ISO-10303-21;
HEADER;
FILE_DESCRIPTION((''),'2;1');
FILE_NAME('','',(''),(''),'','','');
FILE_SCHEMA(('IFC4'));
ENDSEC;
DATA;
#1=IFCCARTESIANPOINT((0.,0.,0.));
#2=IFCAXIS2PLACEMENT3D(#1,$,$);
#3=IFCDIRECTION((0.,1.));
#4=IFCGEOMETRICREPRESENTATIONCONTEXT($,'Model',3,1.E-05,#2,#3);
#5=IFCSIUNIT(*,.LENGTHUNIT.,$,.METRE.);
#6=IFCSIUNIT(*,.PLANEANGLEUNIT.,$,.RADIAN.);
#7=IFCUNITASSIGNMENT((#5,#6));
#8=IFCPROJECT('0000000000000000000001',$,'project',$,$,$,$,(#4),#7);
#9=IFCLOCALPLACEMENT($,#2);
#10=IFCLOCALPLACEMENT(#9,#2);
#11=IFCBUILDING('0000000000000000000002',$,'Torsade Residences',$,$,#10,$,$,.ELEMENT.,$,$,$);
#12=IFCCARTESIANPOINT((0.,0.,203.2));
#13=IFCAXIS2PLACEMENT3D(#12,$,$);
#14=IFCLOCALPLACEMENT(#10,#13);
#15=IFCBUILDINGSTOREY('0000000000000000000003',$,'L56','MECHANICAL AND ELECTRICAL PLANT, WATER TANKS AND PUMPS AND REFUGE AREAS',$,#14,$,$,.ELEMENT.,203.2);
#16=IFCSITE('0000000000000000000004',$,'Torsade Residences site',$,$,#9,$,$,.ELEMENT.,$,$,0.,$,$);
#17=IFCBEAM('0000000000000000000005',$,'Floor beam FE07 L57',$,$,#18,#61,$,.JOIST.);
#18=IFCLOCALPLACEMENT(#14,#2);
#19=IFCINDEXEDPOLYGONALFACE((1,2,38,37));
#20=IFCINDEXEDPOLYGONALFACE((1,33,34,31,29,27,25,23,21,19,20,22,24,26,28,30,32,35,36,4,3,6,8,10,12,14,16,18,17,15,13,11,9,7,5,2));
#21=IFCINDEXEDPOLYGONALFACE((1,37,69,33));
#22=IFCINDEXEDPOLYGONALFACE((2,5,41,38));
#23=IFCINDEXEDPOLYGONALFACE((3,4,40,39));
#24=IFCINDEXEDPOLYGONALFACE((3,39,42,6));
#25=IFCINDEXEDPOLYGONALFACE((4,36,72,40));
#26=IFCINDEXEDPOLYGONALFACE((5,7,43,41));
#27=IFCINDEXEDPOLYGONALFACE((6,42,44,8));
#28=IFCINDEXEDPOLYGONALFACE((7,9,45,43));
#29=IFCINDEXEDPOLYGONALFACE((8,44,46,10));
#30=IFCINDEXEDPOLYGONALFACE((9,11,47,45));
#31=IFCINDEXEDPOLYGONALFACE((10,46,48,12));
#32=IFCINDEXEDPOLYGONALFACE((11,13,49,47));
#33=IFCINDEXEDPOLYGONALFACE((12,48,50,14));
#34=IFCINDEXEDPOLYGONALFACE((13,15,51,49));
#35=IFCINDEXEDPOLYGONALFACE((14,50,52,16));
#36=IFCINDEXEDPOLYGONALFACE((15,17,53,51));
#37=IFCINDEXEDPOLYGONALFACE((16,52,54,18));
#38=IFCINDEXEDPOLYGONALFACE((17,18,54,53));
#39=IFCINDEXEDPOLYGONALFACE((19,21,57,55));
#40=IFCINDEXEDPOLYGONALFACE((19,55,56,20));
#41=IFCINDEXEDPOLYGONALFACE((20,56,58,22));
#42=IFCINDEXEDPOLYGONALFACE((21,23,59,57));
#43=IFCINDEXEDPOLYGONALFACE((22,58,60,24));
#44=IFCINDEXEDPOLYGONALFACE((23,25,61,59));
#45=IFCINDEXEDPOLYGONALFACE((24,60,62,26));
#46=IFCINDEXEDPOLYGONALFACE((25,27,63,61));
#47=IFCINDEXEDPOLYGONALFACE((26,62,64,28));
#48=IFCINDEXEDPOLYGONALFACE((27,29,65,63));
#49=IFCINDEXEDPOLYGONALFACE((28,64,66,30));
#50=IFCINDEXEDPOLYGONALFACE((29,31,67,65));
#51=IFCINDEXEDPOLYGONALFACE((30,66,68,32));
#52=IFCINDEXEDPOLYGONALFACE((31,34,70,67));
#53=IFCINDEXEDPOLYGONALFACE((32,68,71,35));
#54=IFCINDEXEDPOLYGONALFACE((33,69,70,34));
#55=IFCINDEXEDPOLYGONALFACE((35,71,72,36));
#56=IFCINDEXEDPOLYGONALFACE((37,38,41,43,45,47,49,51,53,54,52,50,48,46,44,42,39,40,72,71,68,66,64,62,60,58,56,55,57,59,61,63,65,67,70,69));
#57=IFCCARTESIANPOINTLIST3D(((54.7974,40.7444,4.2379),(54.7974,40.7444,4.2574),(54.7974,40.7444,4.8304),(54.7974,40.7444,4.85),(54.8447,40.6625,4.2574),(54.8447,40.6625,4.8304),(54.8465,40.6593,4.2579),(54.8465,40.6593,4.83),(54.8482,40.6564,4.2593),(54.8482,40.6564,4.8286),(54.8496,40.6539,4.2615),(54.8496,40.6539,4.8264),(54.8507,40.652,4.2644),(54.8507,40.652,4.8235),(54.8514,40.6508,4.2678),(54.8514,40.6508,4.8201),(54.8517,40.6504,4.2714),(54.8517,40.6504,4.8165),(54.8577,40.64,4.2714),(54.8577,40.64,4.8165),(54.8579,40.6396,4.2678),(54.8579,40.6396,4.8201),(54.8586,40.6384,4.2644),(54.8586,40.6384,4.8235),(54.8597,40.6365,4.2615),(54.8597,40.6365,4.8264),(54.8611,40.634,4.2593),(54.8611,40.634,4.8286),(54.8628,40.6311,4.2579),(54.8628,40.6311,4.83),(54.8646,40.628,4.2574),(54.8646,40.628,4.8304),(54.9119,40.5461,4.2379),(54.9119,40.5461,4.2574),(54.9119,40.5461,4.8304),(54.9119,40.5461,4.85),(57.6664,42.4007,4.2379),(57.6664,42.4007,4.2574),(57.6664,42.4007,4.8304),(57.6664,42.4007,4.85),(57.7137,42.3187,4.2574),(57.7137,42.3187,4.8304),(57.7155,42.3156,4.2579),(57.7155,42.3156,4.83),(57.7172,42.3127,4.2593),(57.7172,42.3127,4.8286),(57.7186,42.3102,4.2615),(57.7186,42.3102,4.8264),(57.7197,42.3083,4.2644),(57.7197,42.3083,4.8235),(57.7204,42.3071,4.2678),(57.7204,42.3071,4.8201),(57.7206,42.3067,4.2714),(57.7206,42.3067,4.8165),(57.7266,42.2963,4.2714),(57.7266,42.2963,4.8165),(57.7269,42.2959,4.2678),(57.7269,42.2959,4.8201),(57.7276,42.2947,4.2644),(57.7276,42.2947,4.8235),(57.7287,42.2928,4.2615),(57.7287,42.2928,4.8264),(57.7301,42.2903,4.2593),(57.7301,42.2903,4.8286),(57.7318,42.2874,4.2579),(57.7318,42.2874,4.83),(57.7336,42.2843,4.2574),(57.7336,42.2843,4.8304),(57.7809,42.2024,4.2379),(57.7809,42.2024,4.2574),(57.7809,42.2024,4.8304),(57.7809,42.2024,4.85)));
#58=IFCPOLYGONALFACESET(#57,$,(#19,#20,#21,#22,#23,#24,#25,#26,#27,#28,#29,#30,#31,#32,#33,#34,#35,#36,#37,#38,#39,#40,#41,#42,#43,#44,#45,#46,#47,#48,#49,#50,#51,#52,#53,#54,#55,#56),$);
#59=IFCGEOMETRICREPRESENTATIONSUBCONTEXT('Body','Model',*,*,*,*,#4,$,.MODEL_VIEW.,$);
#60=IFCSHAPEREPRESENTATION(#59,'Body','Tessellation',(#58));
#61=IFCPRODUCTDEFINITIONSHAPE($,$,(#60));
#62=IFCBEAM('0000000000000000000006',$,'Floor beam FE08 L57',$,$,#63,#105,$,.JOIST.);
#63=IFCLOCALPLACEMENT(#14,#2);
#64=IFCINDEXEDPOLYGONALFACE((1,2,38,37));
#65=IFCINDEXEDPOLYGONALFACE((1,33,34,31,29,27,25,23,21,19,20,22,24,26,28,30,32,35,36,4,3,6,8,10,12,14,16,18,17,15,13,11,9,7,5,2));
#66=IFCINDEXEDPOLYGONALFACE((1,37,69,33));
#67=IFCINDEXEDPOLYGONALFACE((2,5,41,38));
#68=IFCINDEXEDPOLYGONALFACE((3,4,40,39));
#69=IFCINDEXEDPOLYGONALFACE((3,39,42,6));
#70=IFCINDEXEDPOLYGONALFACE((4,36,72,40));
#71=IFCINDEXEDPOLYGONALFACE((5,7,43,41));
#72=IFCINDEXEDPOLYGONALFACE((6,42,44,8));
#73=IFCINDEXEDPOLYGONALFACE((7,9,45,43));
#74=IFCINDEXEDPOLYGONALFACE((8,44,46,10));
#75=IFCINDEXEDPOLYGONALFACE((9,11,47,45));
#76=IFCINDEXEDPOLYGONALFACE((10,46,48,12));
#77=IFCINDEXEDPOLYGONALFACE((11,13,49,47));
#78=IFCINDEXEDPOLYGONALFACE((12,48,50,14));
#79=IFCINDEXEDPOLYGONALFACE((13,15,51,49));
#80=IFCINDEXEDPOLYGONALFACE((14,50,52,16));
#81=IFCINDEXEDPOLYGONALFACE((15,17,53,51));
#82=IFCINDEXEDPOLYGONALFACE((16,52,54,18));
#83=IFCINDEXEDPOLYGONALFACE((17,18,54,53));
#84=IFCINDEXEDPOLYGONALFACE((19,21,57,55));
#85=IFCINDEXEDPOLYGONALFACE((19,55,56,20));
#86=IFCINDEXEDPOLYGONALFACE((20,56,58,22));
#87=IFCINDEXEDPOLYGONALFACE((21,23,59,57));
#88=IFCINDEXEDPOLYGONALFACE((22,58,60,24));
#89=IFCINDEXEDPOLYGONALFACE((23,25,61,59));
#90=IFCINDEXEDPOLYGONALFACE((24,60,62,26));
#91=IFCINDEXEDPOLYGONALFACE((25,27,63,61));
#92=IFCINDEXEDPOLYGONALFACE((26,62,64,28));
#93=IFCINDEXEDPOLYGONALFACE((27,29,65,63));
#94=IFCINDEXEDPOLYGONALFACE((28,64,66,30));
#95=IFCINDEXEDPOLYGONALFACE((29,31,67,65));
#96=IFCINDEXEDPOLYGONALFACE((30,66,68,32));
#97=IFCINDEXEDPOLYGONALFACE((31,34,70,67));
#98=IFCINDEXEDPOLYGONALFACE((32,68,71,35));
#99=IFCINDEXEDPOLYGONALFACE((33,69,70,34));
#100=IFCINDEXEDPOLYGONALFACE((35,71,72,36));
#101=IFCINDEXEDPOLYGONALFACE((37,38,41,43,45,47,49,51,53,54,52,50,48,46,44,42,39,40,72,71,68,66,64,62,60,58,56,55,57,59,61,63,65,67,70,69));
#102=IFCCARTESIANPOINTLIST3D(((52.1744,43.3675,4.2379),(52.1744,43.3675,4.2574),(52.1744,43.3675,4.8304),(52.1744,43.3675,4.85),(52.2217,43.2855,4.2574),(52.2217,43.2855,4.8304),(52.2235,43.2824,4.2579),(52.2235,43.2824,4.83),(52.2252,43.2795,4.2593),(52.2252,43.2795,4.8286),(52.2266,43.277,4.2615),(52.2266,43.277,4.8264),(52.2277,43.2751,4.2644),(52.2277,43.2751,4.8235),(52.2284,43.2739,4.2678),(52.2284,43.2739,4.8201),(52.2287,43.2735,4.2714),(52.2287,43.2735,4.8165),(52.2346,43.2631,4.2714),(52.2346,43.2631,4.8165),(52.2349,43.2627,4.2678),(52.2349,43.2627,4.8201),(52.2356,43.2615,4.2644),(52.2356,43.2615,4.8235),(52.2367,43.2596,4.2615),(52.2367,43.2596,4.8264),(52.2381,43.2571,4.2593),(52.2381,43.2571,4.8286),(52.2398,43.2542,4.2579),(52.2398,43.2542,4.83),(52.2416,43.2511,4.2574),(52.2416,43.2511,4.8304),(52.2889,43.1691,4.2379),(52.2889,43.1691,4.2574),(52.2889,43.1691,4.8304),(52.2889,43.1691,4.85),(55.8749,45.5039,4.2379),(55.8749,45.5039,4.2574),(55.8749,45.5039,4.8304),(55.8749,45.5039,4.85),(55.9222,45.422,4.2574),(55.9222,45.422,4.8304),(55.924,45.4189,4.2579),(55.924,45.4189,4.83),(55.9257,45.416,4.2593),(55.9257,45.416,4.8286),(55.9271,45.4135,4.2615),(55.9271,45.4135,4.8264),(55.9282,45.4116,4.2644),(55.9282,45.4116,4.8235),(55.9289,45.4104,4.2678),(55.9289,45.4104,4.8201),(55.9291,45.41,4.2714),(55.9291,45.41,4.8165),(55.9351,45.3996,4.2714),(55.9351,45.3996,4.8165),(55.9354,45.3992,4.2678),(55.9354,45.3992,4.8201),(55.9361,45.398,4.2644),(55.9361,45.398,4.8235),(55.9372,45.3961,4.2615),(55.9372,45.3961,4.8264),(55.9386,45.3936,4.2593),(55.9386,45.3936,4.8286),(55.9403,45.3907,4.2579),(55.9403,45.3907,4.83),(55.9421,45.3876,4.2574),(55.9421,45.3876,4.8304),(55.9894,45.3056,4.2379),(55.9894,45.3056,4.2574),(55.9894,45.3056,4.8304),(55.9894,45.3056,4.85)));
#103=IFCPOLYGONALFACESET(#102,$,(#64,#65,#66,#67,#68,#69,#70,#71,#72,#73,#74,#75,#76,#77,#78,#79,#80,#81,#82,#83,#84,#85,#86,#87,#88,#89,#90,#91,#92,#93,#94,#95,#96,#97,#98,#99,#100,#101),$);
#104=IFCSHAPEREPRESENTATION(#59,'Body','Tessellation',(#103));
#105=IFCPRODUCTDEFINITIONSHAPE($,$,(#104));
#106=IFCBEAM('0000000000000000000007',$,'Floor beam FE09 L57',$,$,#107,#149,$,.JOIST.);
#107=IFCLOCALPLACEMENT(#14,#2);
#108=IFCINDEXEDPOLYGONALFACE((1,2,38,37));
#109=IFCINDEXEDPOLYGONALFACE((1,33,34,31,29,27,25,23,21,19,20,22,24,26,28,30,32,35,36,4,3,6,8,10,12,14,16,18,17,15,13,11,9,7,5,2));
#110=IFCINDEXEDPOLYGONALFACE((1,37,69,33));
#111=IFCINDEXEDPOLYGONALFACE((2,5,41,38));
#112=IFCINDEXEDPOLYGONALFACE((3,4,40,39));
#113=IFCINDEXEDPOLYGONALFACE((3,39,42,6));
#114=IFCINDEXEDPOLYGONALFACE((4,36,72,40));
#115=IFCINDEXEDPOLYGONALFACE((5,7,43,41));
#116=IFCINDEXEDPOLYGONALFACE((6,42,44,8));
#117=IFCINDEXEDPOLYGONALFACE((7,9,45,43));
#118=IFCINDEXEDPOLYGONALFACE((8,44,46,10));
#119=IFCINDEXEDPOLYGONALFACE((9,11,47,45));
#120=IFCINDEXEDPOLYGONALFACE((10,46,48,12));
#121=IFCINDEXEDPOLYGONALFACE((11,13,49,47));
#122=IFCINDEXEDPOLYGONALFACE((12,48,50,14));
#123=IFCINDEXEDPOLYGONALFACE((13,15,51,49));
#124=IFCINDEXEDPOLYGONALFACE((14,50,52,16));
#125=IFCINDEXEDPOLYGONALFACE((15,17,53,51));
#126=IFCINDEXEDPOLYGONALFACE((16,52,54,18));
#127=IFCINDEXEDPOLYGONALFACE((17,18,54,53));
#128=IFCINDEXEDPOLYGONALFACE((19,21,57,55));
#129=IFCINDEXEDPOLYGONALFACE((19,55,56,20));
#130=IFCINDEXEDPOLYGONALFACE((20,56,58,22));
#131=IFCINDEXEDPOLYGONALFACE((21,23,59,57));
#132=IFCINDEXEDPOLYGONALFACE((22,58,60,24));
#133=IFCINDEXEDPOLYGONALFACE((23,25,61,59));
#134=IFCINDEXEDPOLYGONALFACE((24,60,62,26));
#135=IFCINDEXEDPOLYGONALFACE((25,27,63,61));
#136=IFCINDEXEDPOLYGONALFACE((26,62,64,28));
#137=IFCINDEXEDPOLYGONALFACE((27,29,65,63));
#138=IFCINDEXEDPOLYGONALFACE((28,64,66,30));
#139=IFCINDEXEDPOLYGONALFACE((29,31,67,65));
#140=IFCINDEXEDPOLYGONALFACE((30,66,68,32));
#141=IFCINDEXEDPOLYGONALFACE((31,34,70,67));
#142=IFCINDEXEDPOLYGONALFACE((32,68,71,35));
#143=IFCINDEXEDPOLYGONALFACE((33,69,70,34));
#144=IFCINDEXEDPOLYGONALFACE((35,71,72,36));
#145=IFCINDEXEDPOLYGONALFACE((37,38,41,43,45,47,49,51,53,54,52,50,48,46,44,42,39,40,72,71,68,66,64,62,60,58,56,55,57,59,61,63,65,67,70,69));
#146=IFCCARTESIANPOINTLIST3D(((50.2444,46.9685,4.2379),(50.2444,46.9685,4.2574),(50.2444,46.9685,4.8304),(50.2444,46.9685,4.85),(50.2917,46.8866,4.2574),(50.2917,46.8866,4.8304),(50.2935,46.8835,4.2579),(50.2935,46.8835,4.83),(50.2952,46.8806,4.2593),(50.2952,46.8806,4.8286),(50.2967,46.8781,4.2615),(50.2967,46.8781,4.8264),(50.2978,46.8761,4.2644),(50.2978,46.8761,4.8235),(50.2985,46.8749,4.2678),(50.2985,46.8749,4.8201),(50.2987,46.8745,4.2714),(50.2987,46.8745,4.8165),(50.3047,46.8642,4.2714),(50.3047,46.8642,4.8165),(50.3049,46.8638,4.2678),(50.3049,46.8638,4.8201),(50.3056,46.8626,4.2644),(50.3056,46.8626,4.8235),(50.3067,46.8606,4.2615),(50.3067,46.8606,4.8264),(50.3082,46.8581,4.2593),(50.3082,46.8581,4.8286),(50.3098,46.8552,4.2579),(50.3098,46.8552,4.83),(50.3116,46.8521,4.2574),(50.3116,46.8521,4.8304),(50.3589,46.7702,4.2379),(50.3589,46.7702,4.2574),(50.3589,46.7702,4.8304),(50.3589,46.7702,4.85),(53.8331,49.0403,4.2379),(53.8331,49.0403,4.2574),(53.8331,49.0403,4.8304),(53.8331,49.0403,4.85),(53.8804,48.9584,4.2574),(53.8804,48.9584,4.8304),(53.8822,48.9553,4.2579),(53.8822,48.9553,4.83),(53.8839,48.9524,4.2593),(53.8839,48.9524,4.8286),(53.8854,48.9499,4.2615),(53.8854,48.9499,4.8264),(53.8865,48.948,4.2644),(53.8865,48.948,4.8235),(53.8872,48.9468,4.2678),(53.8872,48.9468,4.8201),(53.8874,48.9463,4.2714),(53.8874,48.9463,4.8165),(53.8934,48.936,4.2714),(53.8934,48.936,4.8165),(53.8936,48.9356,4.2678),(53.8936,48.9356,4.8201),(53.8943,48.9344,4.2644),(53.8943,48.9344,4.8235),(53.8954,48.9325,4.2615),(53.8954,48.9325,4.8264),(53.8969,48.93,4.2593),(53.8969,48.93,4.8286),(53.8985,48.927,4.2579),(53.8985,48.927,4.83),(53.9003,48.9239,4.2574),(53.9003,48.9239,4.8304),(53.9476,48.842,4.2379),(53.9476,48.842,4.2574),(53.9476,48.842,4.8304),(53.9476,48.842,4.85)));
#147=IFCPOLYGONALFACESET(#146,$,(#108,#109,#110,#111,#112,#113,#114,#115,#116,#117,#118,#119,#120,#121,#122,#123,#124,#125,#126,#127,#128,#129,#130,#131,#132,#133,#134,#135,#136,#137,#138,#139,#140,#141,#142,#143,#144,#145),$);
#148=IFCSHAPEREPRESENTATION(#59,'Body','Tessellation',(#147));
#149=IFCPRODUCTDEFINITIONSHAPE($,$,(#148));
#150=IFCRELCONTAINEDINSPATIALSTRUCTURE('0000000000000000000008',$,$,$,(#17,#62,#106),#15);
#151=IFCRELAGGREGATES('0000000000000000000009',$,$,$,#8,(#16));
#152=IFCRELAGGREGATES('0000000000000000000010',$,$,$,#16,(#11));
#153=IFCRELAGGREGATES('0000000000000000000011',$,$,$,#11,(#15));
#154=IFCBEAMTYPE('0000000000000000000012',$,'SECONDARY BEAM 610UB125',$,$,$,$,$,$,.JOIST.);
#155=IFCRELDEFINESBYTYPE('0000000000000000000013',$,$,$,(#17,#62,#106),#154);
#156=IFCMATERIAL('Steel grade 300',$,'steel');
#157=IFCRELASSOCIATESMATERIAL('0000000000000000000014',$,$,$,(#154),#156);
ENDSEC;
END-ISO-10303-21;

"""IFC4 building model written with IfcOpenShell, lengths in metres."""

from ifc_helpers import new_model, si_unit, direction, frame, origin, origin_2d, place, context, subcontext, project, spatial, i_section, extrude, material, material_profile, profile_set, type_object, element, save


model = new_model("IFC4")

# Units and contexts
model_context = context("Model", 3, precision=1e-05, world=origin(), true_north=direction((0.0, 1.0)))
body_context = subcontext(model_context, "Body", "Model", "MODEL_VIEW")
ifc_project = project(units=[si_unit("LENGTHUNIT", "METRE"), si_unit("PLANEANGLEUNIT", "RADIAN")], contexts=[model_context])

# Site, building, storey
site_placement = place(None, origin())
site = spatial("IfcSite", under=ifc_project, at=site_placement, Name="Torsade Residences site", CompositionType="ELEMENT", RefElevation=0.0)
building_placement = place(site_placement, origin())
building = spatial("IfcBuilding", under=site, at=building_placement, Name="Torsade Residences", CompositionType="ELEMENT")
storey_placement = place(building_placement, frame((0.0, 0.0, 203.2)))
storey = spatial("IfcBuildingStorey", under=building, at=storey_placement, Name="L56", Description="MECHANICAL AND ELECTRICAL PLANT, WATER TANKS AND PUMPS AND REFUGE AREAS", CompositionType="ELEMENT", Elevation=203.2)

# Beams
ifc_material_1 = material(Name="Steel grade 300", Category="steel")
ifc_material_profile_1 = material_profile(ifc_material_1, i_section(OverallWidth=0.229, OverallDepth=0.6121, WebThickness=0.012, FlangeThickness=0.0195, FilletRadius=0.0139, at=origin_2d()), Name="610UB125")
ifc_profile_set_1 = profile_set([ifc_material_profile_1], Name="Steel grade 300")
beam_type_1 = type_object("IfcBeamType", Name="SECONDARY BEAM 610UB125", PredefinedType="JOIST", material=ifc_profile_set_1)
beam_1_placement = place(storey_placement, frame((57.7236, 42.3015, 4.5439), z_axis=(-0.86604, -0.499976, 0.0), x_axis=(0.499976, -0.86604, 0.0)))
element("IfcBeam", 1, at=beam_1_placement, inside=storey, type_object=beam_type_1, Name="Floor beam FE07 L57", PredefinedType="JOIST", context=body_context, shape_type="SweptSolid", body=[
    extrude(i_section(OverallWidth=0.229, OverallDepth=0.6121, WebThickness=0.012, FlangeThickness=0.0195, FilletRadius=0.0139, at=origin_2d()), origin(), (0.0, 0.0, 1.0), 3.3127),
])
beam_2_placement = place(storey_placement, frame((55.9321, 45.4048, 4.5439), z_axis=(-0.866023, -0.500004, 0.0), x_axis=(0.500004, -0.866023, 0.0)))
element("IfcBeam", 2, at=beam_2_placement, inside=storey, type_object=beam_type_1, Name="Floor beam FE08 L57", PredefinedType="JOIST", context=body_context, shape_type="SweptSolid", body=[
    extrude(i_section(OverallWidth=0.229, OverallDepth=0.6121, WebThickness=0.012, FlangeThickness=0.0195, FilletRadius=0.0139, at=origin_2d()), origin(), (0.0, 0.0, 1.0), 4.2729),
])
beam_3_placement = place(storey_placement, frame((53.8904, 48.9412, 4.5439), z_axis=(-0.866037, -0.499979, 0.0), x_axis=(0.499979, -0.866037, 0.0)))
element("IfcBeam", 3, at=beam_3_placement, inside=storey, type_object=beam_type_1, Name="Floor beam FE09 L57", PredefinedType="JOIST", context=body_context, shape_type="SweptSolid", body=[
    extrude(i_section(OverallWidth=0.229, OverallDepth=0.6121, WebThickness=0.012, FlangeThickness=0.0195, FilletRadius=0.0139, at=origin_2d()), origin(), (0.0, 0.0, 1.0), 4.1438),
])

save(model, "model.ifc")
